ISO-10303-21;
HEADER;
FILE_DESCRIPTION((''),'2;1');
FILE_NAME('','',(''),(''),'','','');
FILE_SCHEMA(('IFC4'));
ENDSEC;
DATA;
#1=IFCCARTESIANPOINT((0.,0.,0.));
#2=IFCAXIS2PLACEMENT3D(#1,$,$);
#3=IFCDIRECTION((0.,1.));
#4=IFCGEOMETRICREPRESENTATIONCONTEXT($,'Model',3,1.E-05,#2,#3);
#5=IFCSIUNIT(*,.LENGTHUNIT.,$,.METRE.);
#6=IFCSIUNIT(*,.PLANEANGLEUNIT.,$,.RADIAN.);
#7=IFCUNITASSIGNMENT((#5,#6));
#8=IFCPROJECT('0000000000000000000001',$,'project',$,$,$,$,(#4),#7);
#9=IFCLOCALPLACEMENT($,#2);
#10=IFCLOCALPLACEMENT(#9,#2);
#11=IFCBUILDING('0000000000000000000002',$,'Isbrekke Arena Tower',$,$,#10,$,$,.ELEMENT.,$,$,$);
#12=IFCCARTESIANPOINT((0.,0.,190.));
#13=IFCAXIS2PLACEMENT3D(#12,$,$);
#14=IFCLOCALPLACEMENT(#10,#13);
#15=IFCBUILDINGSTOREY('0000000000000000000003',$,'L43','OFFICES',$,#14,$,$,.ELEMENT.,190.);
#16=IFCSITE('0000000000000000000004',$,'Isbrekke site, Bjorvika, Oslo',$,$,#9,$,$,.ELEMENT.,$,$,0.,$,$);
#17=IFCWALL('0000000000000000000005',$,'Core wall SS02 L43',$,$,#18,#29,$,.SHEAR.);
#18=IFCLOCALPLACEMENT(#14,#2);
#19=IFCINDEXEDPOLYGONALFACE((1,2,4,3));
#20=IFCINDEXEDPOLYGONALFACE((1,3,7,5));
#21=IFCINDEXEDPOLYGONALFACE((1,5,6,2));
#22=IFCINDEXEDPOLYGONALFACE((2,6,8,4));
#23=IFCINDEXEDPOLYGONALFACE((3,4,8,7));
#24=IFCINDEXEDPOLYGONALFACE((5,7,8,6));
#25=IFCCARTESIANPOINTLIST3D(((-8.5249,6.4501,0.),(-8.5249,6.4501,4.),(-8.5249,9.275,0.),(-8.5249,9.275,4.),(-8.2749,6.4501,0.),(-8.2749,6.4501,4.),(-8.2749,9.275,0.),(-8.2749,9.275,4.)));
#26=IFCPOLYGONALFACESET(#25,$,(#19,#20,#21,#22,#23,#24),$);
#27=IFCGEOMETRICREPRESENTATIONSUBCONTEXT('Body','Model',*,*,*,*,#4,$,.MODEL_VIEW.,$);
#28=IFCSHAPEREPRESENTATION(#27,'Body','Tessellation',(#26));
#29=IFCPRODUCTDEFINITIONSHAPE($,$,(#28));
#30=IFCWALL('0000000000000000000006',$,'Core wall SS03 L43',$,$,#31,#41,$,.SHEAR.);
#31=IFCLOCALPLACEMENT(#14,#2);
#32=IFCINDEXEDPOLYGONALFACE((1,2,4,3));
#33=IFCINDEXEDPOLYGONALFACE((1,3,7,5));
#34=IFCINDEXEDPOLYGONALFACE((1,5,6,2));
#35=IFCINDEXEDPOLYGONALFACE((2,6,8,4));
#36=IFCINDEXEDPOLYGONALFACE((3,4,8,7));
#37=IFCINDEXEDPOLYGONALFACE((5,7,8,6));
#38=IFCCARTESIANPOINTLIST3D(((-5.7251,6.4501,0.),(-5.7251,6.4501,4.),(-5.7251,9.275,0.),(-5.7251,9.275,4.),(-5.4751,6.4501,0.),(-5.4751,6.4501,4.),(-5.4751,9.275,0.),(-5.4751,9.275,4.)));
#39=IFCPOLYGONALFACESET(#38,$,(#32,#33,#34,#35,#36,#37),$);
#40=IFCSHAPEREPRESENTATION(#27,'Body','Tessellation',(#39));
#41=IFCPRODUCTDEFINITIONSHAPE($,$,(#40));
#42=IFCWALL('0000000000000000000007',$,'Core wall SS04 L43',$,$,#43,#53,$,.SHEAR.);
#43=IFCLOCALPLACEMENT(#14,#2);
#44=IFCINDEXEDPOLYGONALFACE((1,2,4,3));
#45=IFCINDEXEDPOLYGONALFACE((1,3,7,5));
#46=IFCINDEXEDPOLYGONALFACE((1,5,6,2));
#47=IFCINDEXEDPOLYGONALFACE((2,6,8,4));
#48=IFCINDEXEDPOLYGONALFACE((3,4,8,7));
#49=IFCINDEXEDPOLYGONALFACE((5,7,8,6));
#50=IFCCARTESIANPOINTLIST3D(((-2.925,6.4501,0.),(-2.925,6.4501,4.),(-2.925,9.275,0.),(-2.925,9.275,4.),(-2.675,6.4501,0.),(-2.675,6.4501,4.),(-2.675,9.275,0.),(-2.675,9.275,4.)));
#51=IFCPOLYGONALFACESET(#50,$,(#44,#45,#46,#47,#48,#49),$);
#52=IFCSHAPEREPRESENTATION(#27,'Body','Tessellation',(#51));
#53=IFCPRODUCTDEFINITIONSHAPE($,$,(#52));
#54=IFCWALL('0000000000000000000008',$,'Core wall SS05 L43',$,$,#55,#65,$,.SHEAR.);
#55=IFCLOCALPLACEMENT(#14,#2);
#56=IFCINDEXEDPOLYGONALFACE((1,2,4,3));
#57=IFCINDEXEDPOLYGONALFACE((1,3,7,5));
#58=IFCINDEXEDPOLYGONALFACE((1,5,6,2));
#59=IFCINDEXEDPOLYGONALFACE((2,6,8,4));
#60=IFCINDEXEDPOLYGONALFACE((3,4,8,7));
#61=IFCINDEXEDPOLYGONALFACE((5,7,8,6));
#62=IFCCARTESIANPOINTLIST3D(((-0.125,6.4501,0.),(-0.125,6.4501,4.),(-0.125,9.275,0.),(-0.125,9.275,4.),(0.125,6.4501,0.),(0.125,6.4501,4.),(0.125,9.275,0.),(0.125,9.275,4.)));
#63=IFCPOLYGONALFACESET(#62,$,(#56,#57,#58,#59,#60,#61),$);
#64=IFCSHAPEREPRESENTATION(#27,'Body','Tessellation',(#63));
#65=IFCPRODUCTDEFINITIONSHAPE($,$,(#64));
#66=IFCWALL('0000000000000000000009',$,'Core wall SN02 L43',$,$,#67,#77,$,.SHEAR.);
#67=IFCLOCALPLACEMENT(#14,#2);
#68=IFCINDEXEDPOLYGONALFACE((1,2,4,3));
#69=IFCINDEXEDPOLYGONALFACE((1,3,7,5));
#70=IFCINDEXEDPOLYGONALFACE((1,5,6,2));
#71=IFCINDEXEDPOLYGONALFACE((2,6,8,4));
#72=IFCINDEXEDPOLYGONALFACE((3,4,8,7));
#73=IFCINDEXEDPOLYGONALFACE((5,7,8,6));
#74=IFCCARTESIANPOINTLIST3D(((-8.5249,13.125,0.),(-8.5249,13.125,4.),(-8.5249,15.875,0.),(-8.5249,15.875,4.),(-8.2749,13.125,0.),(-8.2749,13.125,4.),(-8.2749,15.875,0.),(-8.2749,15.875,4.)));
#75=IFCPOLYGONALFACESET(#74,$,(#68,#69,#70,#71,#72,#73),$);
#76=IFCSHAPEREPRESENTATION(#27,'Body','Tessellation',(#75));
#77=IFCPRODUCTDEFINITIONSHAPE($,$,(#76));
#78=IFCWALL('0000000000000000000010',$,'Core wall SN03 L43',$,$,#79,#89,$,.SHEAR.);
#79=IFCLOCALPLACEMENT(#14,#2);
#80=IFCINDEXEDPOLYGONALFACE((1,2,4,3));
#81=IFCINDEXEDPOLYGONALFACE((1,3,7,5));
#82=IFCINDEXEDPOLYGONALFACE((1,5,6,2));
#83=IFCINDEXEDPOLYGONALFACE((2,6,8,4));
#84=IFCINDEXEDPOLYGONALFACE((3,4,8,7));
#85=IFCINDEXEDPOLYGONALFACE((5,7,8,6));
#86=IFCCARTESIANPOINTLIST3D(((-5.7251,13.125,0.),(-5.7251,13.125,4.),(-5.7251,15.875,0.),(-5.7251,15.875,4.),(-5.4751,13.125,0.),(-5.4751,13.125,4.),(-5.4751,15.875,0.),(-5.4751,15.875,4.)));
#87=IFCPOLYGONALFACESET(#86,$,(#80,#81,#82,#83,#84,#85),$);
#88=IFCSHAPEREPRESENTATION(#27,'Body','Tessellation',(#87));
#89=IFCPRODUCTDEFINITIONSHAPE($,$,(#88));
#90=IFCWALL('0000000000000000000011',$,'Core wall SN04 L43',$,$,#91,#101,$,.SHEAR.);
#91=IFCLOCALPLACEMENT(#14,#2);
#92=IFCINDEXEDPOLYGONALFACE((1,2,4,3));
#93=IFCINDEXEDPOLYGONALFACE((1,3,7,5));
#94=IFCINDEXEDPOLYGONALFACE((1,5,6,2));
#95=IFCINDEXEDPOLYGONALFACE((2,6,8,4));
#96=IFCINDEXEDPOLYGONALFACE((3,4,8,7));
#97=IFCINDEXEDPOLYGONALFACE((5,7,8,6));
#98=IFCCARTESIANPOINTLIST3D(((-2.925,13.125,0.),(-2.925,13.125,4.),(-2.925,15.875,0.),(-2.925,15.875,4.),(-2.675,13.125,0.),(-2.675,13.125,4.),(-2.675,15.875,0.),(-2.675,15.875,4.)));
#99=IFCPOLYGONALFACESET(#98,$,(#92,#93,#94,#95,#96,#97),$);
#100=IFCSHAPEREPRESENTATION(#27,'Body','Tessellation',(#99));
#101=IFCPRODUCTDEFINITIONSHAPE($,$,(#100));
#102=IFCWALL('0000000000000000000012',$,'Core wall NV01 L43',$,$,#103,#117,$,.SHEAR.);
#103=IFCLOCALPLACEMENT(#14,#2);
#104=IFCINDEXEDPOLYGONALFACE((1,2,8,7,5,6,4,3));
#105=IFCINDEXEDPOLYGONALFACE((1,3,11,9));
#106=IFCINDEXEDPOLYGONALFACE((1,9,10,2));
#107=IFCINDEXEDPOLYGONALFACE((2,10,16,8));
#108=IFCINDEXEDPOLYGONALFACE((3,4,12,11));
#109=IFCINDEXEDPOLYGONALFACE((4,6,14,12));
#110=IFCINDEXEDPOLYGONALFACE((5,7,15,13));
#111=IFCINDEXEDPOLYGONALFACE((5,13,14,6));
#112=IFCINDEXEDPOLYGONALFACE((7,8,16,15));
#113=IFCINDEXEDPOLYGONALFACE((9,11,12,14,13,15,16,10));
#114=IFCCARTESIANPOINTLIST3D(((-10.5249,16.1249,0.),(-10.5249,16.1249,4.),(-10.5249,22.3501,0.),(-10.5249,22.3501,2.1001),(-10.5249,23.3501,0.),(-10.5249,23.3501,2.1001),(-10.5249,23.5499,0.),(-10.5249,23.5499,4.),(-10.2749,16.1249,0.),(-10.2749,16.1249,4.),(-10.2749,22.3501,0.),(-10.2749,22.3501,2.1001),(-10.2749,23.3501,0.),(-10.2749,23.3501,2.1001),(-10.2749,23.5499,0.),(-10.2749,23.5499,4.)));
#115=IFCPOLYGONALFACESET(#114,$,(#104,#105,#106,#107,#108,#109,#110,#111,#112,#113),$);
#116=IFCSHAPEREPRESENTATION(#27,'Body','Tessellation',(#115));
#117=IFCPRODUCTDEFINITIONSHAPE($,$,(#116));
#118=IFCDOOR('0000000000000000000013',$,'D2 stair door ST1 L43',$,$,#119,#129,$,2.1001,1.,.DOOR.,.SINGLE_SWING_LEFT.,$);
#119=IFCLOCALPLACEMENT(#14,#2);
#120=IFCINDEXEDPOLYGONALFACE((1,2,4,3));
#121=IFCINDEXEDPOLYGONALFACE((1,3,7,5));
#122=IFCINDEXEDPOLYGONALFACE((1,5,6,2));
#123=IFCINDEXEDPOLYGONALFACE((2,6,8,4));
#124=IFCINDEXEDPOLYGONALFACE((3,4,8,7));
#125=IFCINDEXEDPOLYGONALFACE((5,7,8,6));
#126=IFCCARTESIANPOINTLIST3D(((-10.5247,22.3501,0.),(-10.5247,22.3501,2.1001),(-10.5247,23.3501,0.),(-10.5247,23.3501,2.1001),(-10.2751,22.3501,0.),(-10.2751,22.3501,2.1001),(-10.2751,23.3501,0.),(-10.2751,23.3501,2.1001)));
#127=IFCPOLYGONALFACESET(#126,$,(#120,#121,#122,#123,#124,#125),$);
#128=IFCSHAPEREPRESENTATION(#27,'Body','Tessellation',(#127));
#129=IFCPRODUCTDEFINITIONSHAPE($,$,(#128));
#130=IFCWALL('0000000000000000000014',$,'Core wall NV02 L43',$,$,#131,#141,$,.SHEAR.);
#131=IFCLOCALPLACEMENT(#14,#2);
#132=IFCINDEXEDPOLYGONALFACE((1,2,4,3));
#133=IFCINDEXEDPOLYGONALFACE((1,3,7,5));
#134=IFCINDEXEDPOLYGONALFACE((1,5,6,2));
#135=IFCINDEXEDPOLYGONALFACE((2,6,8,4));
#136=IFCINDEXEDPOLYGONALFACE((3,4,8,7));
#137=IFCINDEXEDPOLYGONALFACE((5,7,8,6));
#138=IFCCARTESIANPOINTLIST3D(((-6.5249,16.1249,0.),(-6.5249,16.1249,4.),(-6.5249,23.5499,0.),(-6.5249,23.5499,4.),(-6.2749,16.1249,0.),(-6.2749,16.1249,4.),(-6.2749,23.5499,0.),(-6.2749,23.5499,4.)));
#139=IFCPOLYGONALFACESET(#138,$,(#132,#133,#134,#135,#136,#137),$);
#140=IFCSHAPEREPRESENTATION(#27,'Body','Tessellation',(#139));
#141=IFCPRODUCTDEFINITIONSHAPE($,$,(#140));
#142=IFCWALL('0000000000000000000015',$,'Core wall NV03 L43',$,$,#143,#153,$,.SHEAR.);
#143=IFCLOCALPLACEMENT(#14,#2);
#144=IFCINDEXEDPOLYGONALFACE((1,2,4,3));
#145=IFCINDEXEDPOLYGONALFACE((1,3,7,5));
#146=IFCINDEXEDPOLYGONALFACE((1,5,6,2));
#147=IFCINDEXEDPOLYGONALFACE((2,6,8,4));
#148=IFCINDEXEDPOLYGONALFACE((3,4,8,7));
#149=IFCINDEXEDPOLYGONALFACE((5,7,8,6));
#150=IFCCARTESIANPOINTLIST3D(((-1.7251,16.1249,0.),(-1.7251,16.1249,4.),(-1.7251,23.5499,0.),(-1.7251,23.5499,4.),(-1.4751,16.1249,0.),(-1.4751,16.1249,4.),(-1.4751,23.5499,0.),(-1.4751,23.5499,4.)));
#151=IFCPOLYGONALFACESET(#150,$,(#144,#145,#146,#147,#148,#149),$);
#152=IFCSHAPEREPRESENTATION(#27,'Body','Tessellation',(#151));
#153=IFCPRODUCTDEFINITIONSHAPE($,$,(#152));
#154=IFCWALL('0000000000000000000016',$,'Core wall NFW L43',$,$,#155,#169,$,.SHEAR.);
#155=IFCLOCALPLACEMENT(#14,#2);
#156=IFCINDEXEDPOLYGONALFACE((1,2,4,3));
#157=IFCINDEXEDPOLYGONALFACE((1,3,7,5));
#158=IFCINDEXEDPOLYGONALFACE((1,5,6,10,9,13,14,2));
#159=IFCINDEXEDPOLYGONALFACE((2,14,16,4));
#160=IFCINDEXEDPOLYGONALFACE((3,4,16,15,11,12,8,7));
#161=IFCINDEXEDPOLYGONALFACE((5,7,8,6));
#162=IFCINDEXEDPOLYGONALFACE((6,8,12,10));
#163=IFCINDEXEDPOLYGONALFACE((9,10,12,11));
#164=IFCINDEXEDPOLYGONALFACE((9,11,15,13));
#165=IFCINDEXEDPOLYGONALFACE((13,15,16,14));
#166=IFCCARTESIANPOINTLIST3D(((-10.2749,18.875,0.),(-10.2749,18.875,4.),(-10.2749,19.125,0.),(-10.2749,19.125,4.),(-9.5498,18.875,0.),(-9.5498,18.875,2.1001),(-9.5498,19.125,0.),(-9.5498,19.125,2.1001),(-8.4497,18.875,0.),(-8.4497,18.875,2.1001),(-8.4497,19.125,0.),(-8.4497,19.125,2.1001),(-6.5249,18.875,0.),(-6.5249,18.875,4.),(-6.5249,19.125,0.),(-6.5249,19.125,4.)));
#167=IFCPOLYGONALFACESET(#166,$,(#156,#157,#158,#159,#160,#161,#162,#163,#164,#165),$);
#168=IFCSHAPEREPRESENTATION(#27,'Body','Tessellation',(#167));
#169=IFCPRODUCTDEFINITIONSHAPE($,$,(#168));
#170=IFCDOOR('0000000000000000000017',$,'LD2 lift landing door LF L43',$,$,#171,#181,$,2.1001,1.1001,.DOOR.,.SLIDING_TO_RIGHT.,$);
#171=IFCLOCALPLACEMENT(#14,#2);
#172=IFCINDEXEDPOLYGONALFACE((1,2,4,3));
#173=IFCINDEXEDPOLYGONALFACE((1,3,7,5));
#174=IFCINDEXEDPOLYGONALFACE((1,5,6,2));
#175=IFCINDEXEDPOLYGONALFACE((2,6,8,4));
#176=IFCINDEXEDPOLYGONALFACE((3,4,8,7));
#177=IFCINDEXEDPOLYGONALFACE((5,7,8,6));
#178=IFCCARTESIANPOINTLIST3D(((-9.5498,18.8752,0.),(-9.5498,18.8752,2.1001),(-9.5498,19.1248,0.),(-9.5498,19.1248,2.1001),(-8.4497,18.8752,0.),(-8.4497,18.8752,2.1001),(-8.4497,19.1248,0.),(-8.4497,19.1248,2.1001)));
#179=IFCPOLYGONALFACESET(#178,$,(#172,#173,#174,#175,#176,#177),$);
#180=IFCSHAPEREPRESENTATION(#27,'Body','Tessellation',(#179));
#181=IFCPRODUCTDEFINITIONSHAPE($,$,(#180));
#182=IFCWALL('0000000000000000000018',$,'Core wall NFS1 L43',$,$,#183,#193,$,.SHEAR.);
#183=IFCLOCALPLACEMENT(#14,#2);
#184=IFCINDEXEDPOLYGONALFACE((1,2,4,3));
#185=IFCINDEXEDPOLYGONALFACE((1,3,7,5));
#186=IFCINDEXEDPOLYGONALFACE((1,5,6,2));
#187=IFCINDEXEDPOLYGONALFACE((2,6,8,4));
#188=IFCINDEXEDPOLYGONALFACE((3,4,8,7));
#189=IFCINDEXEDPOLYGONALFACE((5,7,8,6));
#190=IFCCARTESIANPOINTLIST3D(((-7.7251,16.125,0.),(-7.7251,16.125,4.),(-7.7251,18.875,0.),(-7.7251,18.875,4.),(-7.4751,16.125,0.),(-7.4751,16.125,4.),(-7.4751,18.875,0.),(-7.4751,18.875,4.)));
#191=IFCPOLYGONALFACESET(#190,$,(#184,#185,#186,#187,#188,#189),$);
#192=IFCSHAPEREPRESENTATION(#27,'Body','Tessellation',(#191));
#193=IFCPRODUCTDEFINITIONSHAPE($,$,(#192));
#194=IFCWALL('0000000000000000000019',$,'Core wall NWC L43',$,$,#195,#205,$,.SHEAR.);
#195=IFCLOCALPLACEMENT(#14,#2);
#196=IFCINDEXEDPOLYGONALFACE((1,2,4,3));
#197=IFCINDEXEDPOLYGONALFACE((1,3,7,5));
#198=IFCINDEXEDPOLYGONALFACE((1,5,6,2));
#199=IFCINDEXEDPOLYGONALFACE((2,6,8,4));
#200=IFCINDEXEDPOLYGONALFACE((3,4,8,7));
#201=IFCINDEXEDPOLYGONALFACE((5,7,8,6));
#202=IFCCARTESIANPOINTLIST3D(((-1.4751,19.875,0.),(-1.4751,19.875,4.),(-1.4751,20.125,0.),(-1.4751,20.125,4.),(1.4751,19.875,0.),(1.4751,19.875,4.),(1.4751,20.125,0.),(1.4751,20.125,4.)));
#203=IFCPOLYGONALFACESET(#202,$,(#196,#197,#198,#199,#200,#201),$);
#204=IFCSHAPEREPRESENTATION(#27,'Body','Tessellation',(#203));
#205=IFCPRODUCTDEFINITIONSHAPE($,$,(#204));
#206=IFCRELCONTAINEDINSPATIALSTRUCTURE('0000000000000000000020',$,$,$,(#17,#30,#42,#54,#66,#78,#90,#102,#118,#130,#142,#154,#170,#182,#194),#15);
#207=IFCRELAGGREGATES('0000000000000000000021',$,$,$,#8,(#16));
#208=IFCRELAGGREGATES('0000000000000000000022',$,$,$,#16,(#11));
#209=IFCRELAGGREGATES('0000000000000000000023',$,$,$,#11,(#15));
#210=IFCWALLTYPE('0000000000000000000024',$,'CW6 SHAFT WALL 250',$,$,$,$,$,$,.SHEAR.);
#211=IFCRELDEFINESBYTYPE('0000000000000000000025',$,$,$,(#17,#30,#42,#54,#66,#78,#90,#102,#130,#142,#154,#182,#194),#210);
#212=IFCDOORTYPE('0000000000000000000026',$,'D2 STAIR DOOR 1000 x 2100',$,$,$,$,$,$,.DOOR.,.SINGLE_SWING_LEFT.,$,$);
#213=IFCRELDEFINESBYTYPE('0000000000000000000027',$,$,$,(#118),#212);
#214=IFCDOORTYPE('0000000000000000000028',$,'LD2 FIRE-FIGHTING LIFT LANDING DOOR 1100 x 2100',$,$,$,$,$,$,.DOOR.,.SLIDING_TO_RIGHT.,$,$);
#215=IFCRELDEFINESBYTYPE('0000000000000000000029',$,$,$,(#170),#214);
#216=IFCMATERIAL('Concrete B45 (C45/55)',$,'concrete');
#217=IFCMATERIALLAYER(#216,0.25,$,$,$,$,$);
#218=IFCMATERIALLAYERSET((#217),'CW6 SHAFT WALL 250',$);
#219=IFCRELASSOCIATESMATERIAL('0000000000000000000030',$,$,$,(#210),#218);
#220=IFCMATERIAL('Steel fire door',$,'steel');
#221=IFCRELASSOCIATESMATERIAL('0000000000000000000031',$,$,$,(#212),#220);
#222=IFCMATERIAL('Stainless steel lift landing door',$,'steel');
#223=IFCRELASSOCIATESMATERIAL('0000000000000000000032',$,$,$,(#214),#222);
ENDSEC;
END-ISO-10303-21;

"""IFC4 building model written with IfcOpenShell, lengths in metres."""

from ifc_helpers import new_model, si_unit, direction, frame, frame_2d, origin, place, context, subcontext, project, spatial, rectangle, extrude, material, layer, layer_set, type_object, element, fill, save


model = new_model("IFC4")

# Units and contexts
model_context = context("Model", 3, precision=1e-05, world=origin(), true_north=direction((0.0, 1.0)))
body_context = subcontext(model_context, "Body", "Model", "MODEL_VIEW")
ifc_project = project(units=[si_unit("LENGTHUNIT", "METRE"), si_unit("PLANEANGLEUNIT", "RADIAN")], contexts=[model_context])

# Site, building, storey
site_placement = place(None, origin())
site = spatial("IfcSite", under=ifc_project, at=site_placement, Name="Isbrekke site, Bjorvika, Oslo", CompositionType="ELEMENT", RefElevation=0.0)
building_placement = place(site_placement, origin())
building = spatial("IfcBuilding", under=site, at=building_placement, Name="Isbrekke Arena Tower", CompositionType="ELEMENT")
storey_placement = place(building_placement, frame((0.0, 0.0, 190.0)))
storey = spatial("IfcBuildingStorey", under=building, at=storey_placement, Name="L43", Description="OFFICES", CompositionType="ELEMENT", Elevation=190.0)

# Walls
ifc_material_1 = material(Name="Concrete B45 (C45/55)", Category="concrete")
ifc_layer_1 = layer(ifc_material_1, 0.25)
ifc_layer_set_1 = layer_set([ifc_layer_1], Name="CW6 SHAFT WALL 250")
wall_type_1 = type_object("IfcWallType", Name="CW6 SHAFT WALL 250", PredefinedType="SHEAR", material=ifc_layer_set_1)
for number, where, z_axis, x_axis, name in (
    (1, (-8.3999, 6.45, 0.0), (0.0, 0.0, 1.0), (0.0, 1.0, 0.0), "Core wall SS02 L43"),
    (2, (-5.6001, 6.45, 0.0), (0.0, 0.0, 1.0), (0.0, 1.0, 0.0), "Core wall SS03 L43"),
    (3, (-2.8, 6.45, 0.0), (0.0, 0.0, 1.0), (0.0, 1.0, 0.0), "Core wall SS04 L43"),
    (4, (0.0, 6.45, 0.0), (0.0, 0.0, 1.0), (0.0, 1.0, 0.0), "Core wall SS05 L43"),
):
    element("IfcWall", number, at=place(storey_placement, frame(where, z_axis=z_axis, x_axis=x_axis)), inside=storey, type_object=wall_type_1, Name=name, PredefinedType="SHEAR", context=body_context, shape_type="SweptSolid", body=[
        extrude(rectangle(XDim=2.825, YDim=0.25, at=frame_2d((1.4126, 0.0))), origin(), (0.0, 0.0, 1.0), 4.0),
    ])
for number, where, z_axis, x_axis, name in (
    (5, (-8.3999, 13.125, 0.0), (0.0, 0.0, 1.0), (0.0, 1.0, 0.0), "Core wall SN02 L43"),
    (6, (-5.6001, 13.125, 0.0), (0.0, 0.0, 1.0), (0.0, 1.0, 0.0), "Core wall SN03 L43"),
    (7, (-2.8, 13.125, 0.0), (0.0, 0.0, 1.0), (0.0, 1.0, 0.0), "Core wall SN04 L43"),
):
    element("IfcWall", number, at=place(storey_placement, frame(where, z_axis=z_axis, x_axis=x_axis)), inside=storey, type_object=wall_type_1, Name=name, PredefinedType="SHEAR", context=body_context, shape_type="SweptSolid", body=[
        extrude(rectangle(XDim=2.75, YDim=0.25, at=frame_2d((1.375, 0.0))), origin(), (0.0, 0.0, 1.0), 4.0),
    ])

# Wall, opening, door
wall_1_placement = place(storey_placement, frame((-10.3999, 16.125, 0.0), z_axis=(0.0, 0.0, 1.0), x_axis=(0.0, 1.0, 0.0)))
wall_1 = element("IfcWall", 8, at=wall_1_placement, inside=storey, type_object=wall_type_1, Name="Core wall NV01 L43", PredefinedType="SHEAR", context=body_context, shape_type="SweptSolid", body=[
    extrude(rectangle(XDim=7.425, YDim=0.25, at=frame_2d((3.7124, 0.0))), origin(), (0.0, 0.0, 1.0), 4.0),
])
opening_1_placement = place(wall_1_placement, frame((6.2251, 0.0, 0.0)))
opening_1 = element("IfcOpeningElement", 9, at=opening_1_placement, cuts=wall_1, PredefinedType="OPENING", context=body_context, shape_type="SweptSolid", body=[
    extrude(rectangle(XDim=1.0, YDim=2.1001, at=frame_2d((0.5, 1.05))), frame((0.0, 0.1399, 0.0), z_axis=(0.0, -1.0, 0.0), x_axis=(1.0, 0.0, 0.0)), (0.0, 0.0, 1.0), 0.2798),
])
ifc_material_2 = material(Name="Steel fire door", Category="steel")
door_type_1 = type_object("IfcDoorType", Name="D2 STAIR DOOR 1000 x 2100", OperationType="SINGLE_SWING_LEFT", PredefinedType="DOOR", material=ifc_material_2)
door_1_placement = place(opening_1_placement, origin())
door_1 = element("IfcDoor", 10, at=door_1_placement, inside=storey, type_object=door_type_1, Name="D2 stair door ST1 L43", OperationType="SINGLE_SWING_LEFT", OverallHeight=2.1001, OverallWidth=1.0, PredefinedType="DOOR", context=body_context, shape_type="SweptSolid", body=[
    extrude(rectangle(XDim=1.0, YDim=2.1001, at=frame_2d((0.5, 1.05))), frame((0.0, 0.1248, 0.0), z_axis=(0.0, -1.0, 0.0), x_axis=(1.0, 0.0, 0.0)), (0.0, 0.0, 1.0), 0.2495),
])
fill(opening_1, door_1)

# Walls
for number, where, z_axis, x_axis, name in (
    (11, (-6.3999, 16.125, 0.0), (0.0, 0.0, 1.0), (0.0, 1.0, 0.0), "Core wall NV02 L43"),
    (12, (-1.6001, 16.125, 0.0), (0.0, 0.0, 1.0), (0.0, 1.0, 0.0), "Core wall NV03 L43"),
):
    element("IfcWall", number, at=place(storey_placement, frame(where, z_axis=z_axis, x_axis=x_axis)), inside=storey, type_object=wall_type_1, Name=name, PredefinedType="SHEAR", context=body_context, shape_type="SweptSolid", body=[
        extrude(rectangle(XDim=7.425, YDim=0.25, at=frame_2d((3.7124, 0.0))), origin(), (0.0, 0.0, 1.0), 4.0),
    ])

# Wall, opening, door
wall_2_placement = place(storey_placement, frame((-10.2749, 19.0, 0.0), z_axis=(0.0, 0.0, 1.0), x_axis=(1.0, 0.0, 0.0)))
wall_2 = element("IfcWall", 13, at=wall_2_placement, inside=storey, type_object=wall_type_1, Name="Core wall NFW L43", PredefinedType="SHEAR", context=body_context, shape_type="SweptSolid", body=[
    extrude(rectangle(XDim=3.75, YDim=0.25, at=frame_2d((1.875, 0.0))), origin(), (0.0, 0.0, 1.0), 4.0),
])
opening_2_placement = place(wall_2_placement, frame((0.7251, 0.0, 0.0)))
opening_2 = element("IfcOpeningElement", 14, at=opening_2_placement, cuts=wall_2, PredefinedType="OPENING", context=body_context, shape_type="SweptSolid", body=[
    extrude(rectangle(XDim=1.1001, YDim=2.1001, at=frame_2d((0.55, 1.05))), frame((0.0, 0.1399, 0.0), z_axis=(0.0, -1.0, 0.0), x_axis=(1.0, 0.0, 0.0)), (0.0, 0.0, 1.0), 0.2798),
])
ifc_material_3 = material(Name="Stainless steel lift landing door", Category="steel")
door_type_2 = type_object("IfcDoorType", Name="LD2 FIRE-FIGHTING LIFT LANDING DOOR 1100 x 2100", OperationType="SLIDING_TO_RIGHT", PredefinedType="DOOR", material=ifc_material_3)
door_2_placement = place(opening_2_placement, origin())
door_2 = element("IfcDoor", 15, at=door_2_placement, inside=storey, type_object=door_type_2, Name="LD2 lift landing door LF L43", OperationType="SLIDING_TO_RIGHT", OverallHeight=2.1001, OverallWidth=1.1001, PredefinedType="DOOR", context=body_context, shape_type="SweptSolid", body=[
    extrude(rectangle(XDim=1.1001, YDim=2.1001, at=frame_2d((0.55, 1.05))), frame((0.0, 0.1248, 0.0), z_axis=(0.0, -1.0, 0.0), x_axis=(1.0, 0.0, 0.0)), (0.0, 0.0, 1.0), 0.2495),
])
fill(opening_2, door_2)

# Walls
wall_3_placement = place(storey_placement, frame((-7.6001, 16.125, 0.0), z_axis=(0.0, 0.0, 1.0), x_axis=(0.0, 1.0, 0.0)))
element("IfcWall", 16, at=wall_3_placement, inside=storey, type_object=wall_type_1, Name="Core wall NFS1 L43", PredefinedType="SHEAR", context=body_context, shape_type="SweptSolid", body=[
    extrude(rectangle(XDim=2.75, YDim=0.25, at=frame_2d((1.375, 0.0))), origin(), (0.0, 0.0, 1.0), 4.0),
])
wall_4_placement = place(storey_placement, frame((-1.4751, 20.0, 0.0), z_axis=(0.0, 0.0, 1.0), x_axis=(1.0, 0.0, 0.0)))
element("IfcWall", 17, at=wall_4_placement, inside=storey, type_object=wall_type_1, Name="Core wall NWC L43", PredefinedType="SHEAR", context=body_context, shape_type="SweptSolid", body=[
    extrude(rectangle(XDim=2.9502, YDim=0.25, at=frame_2d((1.4751, 0.0))), origin(), (0.0, 0.0, 1.0), 4.0),
])

save(model, "model.ifc")
